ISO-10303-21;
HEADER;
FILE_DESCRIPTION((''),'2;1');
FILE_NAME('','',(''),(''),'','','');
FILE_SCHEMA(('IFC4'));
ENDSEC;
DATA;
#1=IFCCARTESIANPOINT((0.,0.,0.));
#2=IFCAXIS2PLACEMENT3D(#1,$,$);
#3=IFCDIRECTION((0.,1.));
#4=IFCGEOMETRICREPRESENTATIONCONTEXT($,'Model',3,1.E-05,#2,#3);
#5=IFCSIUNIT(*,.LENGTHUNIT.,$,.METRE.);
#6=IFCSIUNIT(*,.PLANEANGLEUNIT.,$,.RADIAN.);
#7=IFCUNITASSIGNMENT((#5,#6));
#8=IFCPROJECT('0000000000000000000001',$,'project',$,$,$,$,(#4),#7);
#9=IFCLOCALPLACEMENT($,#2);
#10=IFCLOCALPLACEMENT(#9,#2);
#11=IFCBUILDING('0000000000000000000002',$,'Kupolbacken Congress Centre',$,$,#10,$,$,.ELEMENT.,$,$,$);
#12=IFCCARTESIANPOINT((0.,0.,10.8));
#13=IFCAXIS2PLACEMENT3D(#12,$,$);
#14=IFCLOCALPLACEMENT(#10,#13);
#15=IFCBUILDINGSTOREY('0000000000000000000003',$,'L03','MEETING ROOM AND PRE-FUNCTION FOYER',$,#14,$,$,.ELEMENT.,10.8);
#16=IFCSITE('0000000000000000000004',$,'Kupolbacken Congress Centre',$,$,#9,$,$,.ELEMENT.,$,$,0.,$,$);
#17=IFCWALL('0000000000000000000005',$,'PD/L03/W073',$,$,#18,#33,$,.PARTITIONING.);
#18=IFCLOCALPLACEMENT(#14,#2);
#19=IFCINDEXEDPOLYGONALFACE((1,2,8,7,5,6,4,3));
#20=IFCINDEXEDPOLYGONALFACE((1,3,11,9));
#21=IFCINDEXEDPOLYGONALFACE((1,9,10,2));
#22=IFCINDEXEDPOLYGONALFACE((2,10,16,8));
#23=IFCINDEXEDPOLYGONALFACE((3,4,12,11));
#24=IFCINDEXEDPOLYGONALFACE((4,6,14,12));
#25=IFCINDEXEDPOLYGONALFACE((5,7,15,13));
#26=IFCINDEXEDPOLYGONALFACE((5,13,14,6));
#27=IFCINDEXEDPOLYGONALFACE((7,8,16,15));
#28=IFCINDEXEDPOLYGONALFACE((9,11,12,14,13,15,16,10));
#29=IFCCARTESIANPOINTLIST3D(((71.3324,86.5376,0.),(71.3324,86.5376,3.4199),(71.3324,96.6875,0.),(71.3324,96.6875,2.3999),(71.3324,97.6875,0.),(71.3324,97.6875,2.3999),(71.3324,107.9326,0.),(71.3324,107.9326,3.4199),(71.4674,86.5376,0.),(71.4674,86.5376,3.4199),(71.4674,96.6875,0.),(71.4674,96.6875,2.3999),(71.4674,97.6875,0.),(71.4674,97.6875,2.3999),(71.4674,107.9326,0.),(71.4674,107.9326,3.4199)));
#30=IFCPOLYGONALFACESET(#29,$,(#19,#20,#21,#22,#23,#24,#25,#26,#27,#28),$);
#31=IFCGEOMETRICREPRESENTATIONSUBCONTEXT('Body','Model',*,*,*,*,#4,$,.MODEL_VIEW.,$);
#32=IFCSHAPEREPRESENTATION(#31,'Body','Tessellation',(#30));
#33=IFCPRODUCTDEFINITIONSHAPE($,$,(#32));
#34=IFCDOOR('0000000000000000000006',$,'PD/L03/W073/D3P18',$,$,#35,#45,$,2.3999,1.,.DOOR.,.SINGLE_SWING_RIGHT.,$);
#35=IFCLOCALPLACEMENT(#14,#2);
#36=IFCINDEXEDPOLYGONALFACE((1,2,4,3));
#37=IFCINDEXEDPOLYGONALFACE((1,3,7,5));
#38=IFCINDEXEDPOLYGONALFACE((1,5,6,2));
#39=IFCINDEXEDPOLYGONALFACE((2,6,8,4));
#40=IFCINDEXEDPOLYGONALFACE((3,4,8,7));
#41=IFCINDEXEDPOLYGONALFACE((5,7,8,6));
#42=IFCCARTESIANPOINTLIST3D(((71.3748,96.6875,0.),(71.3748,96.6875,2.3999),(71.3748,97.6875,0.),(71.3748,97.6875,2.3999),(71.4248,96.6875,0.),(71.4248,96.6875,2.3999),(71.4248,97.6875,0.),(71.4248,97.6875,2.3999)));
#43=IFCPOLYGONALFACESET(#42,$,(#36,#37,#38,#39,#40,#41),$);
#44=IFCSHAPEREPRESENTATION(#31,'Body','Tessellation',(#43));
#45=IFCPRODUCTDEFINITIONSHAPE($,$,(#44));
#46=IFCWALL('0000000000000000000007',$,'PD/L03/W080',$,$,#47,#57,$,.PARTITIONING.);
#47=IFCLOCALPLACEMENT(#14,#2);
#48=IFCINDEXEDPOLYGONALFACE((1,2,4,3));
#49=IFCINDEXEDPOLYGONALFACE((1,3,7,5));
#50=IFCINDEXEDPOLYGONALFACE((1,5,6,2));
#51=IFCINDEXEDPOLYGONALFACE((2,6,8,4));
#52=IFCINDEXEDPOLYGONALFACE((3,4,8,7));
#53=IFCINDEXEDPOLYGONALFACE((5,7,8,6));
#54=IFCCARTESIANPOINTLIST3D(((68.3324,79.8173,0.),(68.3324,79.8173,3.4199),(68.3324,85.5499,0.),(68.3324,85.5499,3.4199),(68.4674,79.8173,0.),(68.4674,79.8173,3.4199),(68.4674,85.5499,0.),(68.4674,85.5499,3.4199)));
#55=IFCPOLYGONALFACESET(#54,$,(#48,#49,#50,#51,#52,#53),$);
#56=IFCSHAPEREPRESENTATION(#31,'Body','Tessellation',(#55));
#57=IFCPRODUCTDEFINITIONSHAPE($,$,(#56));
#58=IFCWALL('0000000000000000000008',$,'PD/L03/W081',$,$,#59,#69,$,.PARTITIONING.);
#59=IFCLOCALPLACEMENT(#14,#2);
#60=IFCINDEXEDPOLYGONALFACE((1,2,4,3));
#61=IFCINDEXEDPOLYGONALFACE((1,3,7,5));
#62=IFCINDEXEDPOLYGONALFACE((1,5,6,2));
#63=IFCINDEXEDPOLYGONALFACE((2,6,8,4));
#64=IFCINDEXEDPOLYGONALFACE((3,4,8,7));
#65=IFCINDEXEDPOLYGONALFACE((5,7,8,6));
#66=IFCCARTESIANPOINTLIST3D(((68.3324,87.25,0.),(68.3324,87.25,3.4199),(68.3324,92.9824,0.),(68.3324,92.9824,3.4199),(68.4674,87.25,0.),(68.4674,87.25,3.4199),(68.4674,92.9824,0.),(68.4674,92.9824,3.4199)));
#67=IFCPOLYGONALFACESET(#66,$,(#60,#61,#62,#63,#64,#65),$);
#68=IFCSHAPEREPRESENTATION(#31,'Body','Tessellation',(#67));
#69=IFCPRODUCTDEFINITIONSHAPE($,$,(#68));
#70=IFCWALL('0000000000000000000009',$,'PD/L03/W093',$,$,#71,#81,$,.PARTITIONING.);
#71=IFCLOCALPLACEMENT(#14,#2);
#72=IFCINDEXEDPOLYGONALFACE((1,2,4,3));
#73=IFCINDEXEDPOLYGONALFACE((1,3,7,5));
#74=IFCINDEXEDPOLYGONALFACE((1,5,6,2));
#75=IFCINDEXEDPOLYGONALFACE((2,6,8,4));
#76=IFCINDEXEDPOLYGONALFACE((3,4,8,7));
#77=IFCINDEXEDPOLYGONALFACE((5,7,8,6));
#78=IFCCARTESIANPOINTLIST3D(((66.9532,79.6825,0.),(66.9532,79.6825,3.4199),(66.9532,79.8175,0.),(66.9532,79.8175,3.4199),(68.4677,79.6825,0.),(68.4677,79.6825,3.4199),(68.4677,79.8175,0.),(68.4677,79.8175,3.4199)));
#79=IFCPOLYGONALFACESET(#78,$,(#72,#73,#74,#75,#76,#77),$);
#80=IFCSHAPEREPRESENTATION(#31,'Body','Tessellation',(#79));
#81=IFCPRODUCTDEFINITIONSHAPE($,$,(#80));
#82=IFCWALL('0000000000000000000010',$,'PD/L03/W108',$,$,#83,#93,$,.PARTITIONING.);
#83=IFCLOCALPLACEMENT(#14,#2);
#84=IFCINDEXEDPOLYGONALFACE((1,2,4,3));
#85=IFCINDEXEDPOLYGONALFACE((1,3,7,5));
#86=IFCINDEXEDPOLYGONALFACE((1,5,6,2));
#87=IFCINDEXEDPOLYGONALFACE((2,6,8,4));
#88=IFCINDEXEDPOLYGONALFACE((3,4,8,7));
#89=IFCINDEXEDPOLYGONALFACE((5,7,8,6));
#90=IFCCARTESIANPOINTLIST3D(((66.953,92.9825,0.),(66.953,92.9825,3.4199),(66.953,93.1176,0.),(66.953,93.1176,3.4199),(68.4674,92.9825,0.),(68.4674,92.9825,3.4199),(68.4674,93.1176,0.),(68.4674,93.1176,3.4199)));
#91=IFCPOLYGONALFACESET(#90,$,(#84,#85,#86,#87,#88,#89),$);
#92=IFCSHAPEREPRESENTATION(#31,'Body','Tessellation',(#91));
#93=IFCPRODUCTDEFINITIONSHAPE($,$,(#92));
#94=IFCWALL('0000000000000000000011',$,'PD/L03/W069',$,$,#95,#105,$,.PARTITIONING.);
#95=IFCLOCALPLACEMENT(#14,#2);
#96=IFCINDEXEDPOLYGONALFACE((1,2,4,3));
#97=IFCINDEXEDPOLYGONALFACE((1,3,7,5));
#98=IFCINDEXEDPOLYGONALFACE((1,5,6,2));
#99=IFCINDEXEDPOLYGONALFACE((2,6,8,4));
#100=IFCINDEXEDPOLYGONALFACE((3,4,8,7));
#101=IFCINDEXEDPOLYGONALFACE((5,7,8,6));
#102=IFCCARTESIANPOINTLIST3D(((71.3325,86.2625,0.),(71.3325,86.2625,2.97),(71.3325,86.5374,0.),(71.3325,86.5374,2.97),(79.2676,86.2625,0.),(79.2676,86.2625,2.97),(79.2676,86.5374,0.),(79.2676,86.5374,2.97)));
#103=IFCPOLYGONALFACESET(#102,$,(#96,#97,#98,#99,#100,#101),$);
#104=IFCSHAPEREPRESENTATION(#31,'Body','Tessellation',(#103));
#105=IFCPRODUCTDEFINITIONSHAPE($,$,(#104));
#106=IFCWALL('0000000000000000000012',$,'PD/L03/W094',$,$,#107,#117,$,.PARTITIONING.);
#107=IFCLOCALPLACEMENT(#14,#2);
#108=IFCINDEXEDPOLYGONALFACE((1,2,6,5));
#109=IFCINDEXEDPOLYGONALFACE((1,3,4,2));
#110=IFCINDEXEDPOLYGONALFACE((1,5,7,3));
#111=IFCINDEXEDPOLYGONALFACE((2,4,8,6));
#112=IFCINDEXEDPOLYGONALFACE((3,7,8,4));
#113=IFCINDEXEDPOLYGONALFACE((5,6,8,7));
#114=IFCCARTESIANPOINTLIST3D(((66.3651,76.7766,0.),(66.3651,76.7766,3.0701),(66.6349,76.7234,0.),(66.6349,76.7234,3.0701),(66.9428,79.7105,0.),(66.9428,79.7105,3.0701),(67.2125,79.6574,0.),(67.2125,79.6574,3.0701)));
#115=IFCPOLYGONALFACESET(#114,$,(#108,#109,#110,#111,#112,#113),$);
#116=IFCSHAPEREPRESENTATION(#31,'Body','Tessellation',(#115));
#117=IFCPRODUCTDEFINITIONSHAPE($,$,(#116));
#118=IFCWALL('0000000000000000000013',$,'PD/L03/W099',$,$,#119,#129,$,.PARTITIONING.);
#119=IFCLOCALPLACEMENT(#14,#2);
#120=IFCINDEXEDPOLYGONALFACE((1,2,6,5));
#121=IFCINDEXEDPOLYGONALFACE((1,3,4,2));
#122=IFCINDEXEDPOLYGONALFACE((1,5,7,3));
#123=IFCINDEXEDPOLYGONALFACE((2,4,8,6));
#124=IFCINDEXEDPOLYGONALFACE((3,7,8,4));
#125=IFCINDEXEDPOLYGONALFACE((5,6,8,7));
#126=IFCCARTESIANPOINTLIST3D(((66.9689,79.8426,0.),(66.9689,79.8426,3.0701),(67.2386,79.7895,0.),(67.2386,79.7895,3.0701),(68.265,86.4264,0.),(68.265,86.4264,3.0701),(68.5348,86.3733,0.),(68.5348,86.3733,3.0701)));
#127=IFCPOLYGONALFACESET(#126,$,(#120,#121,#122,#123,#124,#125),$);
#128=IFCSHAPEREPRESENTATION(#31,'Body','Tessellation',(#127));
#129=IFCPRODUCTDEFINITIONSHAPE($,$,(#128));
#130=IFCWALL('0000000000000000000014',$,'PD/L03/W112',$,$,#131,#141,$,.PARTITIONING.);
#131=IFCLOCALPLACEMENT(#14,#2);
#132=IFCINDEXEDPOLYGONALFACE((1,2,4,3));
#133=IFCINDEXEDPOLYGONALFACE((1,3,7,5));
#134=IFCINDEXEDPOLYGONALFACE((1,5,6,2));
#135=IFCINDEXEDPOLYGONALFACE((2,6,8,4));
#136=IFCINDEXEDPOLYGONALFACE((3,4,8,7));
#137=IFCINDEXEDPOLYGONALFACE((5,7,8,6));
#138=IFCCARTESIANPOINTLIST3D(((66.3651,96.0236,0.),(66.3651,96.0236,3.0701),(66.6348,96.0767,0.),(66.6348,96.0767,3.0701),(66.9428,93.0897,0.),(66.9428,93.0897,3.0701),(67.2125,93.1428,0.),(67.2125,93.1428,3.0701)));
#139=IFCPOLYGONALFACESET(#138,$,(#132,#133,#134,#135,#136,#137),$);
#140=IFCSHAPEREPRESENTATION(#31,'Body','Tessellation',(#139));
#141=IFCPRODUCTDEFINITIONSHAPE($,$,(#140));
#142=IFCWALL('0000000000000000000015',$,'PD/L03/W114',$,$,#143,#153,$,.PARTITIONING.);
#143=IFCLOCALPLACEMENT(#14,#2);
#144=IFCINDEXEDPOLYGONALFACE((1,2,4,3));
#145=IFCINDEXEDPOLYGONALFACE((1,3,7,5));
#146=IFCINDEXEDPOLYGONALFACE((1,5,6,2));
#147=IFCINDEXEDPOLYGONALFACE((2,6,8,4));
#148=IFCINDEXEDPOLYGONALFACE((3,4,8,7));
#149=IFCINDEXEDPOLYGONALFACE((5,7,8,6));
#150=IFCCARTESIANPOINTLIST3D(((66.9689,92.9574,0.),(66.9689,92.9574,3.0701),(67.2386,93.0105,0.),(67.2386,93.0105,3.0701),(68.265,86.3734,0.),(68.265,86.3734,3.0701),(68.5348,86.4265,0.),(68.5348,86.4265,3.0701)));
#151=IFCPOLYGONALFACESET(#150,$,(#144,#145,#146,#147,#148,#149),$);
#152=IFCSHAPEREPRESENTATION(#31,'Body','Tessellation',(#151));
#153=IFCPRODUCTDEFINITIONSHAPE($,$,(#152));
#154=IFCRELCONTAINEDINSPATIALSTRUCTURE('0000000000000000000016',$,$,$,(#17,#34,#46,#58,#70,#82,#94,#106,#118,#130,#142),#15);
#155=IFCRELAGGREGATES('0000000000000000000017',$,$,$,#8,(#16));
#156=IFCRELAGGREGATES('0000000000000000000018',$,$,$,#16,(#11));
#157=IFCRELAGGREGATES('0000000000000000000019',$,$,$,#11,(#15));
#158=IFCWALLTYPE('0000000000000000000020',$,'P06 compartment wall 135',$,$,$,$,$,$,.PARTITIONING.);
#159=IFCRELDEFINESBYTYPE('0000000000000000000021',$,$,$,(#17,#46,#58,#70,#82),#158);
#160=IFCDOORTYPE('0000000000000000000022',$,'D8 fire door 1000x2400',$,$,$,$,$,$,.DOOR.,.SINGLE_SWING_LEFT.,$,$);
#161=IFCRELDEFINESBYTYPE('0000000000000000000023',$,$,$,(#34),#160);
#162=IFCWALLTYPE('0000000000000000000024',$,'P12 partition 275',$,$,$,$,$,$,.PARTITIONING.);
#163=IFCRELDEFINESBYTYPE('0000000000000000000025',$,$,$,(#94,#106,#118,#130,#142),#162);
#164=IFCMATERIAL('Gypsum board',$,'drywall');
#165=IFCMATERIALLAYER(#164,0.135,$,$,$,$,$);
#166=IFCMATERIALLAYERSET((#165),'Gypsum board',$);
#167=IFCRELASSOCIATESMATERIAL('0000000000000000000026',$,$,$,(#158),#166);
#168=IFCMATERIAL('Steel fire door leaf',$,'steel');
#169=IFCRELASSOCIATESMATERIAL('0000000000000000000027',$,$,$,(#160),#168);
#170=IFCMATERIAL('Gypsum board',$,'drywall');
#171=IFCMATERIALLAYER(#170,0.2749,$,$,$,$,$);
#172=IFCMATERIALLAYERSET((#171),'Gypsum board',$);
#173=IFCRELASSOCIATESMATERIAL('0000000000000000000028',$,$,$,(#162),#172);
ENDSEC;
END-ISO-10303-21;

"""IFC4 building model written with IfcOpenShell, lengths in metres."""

from ifc_helpers import new_model, si_unit, direction, frame, frame_2d, origin, place, context, subcontext, project, spatial, rectangle, extrude, material, layer, layer_set, type_object, element, fill, save


model = new_model("IFC4")

# Units and contexts
model_context = context("Model", 3, precision=1e-05, world=origin(), true_north=direction((0.0, 1.0)))
body_context = subcontext(model_context, "Body", "Model", "MODEL_VIEW")
ifc_project = project(units=[si_unit("LENGTHUNIT", "METRE"), si_unit("PLANEANGLEUNIT", "RADIAN")], contexts=[model_context])

# Site, building, storey
site_placement = place(None, origin())
site = spatial("IfcSite", under=ifc_project, at=site_placement, Name="Kupolbacken Congress Centre", CompositionType="ELEMENT", RefElevation=0.0)
building_placement = place(site_placement, origin())
building = spatial("IfcBuilding", under=site, at=building_placement, Name="Kupolbacken Congress Centre", CompositionType="ELEMENT")
storey_placement = place(building_placement, frame((0.0, 0.0, 10.8)))
storey = spatial("IfcBuildingStorey", under=building, at=storey_placement, Name="L03", Description="MEETING ROOM AND PRE-FUNCTION FOYER", CompositionType="ELEMENT", Elevation=10.8)

# Wall, opening, door
ifc_material_1 = material(Name="Gypsum board", Category="drywall")
ifc_layer_1 = layer(ifc_material_1, 0.135)
ifc_layer_set_1 = layer_set([ifc_layer_1], Name="Gypsum board")
wall_type_1 = type_object("IfcWallType", Name="P06 compartment wall 135", PredefinedType="PARTITIONING", material=ifc_layer_set_1)
wall_1_placement = place(storey_placement, frame((71.3999, 86.5376, 0.0), z_axis=(0.0, 0.0, 1.0), x_axis=(0.0, 1.0, 0.0)))
wall_1 = element("IfcWall", 1, at=wall_1_placement, inside=storey, type_object=wall_type_1, Name="PD/L03/W073", PredefinedType="PARTITIONING", context=body_context, shape_type="SweptSolid", body=[
    extrude(rectangle(XDim=21.395, YDim=0.135, at=frame_2d((10.6975, 0.0))), origin(), (0.0, 0.0, 1.0), 3.4199),
])
opening_placement = place(wall_1_placement, frame((10.1499, 0.0, 0.0)))
opening = element("IfcOpeningElement", 2, at=opening_placement, cuts=wall_1, PredefinedType="OPENING", context=body_context, shape_type="SweptSolid", body=[
    extrude(rectangle(XDim=1.0, YDim=2.3999, at=frame_2d((0.5, 1.2))), frame((0.0, 0.0774, 0.0), z_axis=(0.0, -1.0, 0.0), x_axis=(1.0, 0.0, 0.0)), (0.0, 0.0, 1.0), 0.155),
])
ifc_material_2 = material(Name="Steel fire door leaf", Category="steel")
door_type = type_object("IfcDoorType", Name="D8 fire door 1000x2400", OperationType="SINGLE_SWING_LEFT", PredefinedType="DOOR", material=ifc_material_2)
door_placement = place(opening_placement, frame((1.0, 0.0, 0.0), z_axis=(0.0, 0.0, 1.0), x_axis=(-1.0, 0.0, 0.0)))
door = element("IfcDoor", 3, at=door_placement, inside=storey, type_object=door_type, Name="PD/L03/W073/D3P18", OperationType="SINGLE_SWING_RIGHT", OverallHeight=2.3999, OverallWidth=1.0, PredefinedType="DOOR", context=body_context, shape_type="SweptSolid", body=[
    extrude(rectangle(XDim=1.0, YDim=2.3999, at=frame_2d((0.5, 1.2))), frame((0.0, 0.0249, 0.0), z_axis=(0.0, -1.0, 0.0), x_axis=(1.0, 0.0, 0.0)), (0.0, 0.0, 1.0), 0.05),
])
fill(opening, door)

# Walls
wall_2_placement = place(storey_placement, frame((68.3999, 79.8174, 0.0), z_axis=(0.0, 0.0, 1.0), x_axis=(0.0, 1.0, 0.0)))
element("IfcWall", 4, at=wall_2_placement, inside=storey, type_object=wall_type_1, Name="PD/L03/W080", PredefinedType="PARTITIONING", context=body_context, shape_type="SweptSolid", body=[
    extrude(rectangle(XDim=5.7327, YDim=0.135, at=frame_2d((2.8662, 0.0))), origin(), (0.0, 0.0, 1.0), 3.4199),
])
wall_3_placement = place(storey_placement, frame((68.3999, 87.25, 0.0), z_axis=(0.0, 0.0, 1.0), x_axis=(0.0, 1.0, 0.0)))
element("IfcWall", 5, at=wall_3_placement, inside=storey, type_object=wall_type_1, Name="PD/L03/W081", PredefinedType="PARTITIONING", context=body_context, shape_type="SweptSolid", body=[
    extrude(rectangle(XDim=5.7324, YDim=0.135, at=frame_2d((2.8662, 0.0))), origin(), (0.0, 0.0, 1.0), 3.4199),
])
for number, where, z_axis, x_axis, name in (
    (6, (66.9531, 79.75, 0.0), (0.0, 0.0, 1.0), (1.0, 0.0, 0.0), "PD/L03/W093"),
    (7, (68.4675, 93.05, 0.0), (0.0, 0.0, 1.0), (-1.0, 0.0, 0.0), "PD/L03/W108"),
):
    element("IfcWall", number, at=place(storey_placement, frame(where, z_axis=z_axis, x_axis=x_axis)), inside=storey, type_object=wall_type_1, Name=name, PredefinedType="PARTITIONING", context=body_context, shape_type="SweptSolid", body=[
        extrude(rectangle(XDim=1.5144, YDim=0.135, at=frame_2d((0.7573, 0.0))), origin(), (0.0, 0.0, 1.0), 3.4199),
    ])
ifc_material_3 = material(Name="Gypsum board", Category="drywall")
ifc_layer_2 = layer(ifc_material_3, 0.2749)
ifc_layer_set_2 = layer_set([ifc_layer_2], Name="Gypsum board")
wall_type_2 = type_object("IfcWallType", Name="P12 partition 275", PredefinedType="PARTITIONING", material=ifc_layer_set_2)
wall_4_placement = place(storey_placement, frame((71.3325, 86.3999, 0.0), z_axis=(0.0, 0.0, 1.0), x_axis=(1.0, 0.0, 0.0)))
element("IfcWall", 8, at=wall_4_placement, inside=storey, type_object=wall_type_2, Name="PD/L03/W069", PredefinedType="PARTITIONING", context=body_context, shape_type="SweptSolid", body=[
    extrude(rectangle(XDim=7.9351, YDim=0.2749, at=frame_2d((3.9675, 0.0))), origin(), (0.0, 0.0, 1.0), 2.97),
])
wall_5_placement = place(storey_placement, frame((66.5, 76.75, 0.0), z_axis=(0.0, 0.0, 1.0), x_axis=(0.193179, 0.981164, 0.0)))
element("IfcWall", 9, at=wall_5_placement, inside=storey, type_object=wall_type_2, Name="PD/L03/W094", PredefinedType="PARTITIONING", context=body_context, shape_type="SweptSolid", body=[
    extrude(rectangle(XDim=2.9902, YDim=0.2749, at=frame_2d((1.4951, 0.0))), origin(), (0.0, 0.0, 1.0), 3.0701),
])
wall_6_placement = place(storey_placement, frame((67.1038, 79.8162, 0.0), z_axis=(0.0, 0.0, 1.0), x_axis=(0.193163, 0.981167, 0.0)))
element("IfcWall", 10, at=wall_6_placement, inside=storey, type_object=wall_type_2, Name="PD/L03/W099", PredefinedType="PARTITIONING", context=body_context, shape_type="SweptSolid", body=[
    extrude(rectangle(XDim=6.7102, YDim=0.2749, at=frame_2d((3.355, 0.0))), origin(), (0.0, 0.0, 1.0), 3.0701),
])
wall_7_placement = place(storey_placement, frame((67.0776, 93.1162, 0.0), z_axis=(0.0, 0.0, 1.0), x_axis=(-0.193179, 0.981164, 0.0)))
element("IfcWall", 11, at=wall_7_placement, inside=storey, type_object=wall_type_2, Name="PD/L03/W112", PredefinedType="PARTITIONING", context=body_context, shape_type="SweptSolid", body=[
    extrude(rectangle(XDim=2.9902, YDim=0.2749, at=frame_2d((1.4951, 0.0))), origin(), (0.0, 0.0, 1.0), 3.0701),
])
wall_8_placement = place(storey_placement, frame((68.3999, 86.3999, 0.0), z_axis=(0.0, 0.0, 1.0), x_axis=(-0.193156, 0.981168, 0.0)))
element("IfcWall", 12, at=wall_8_placement, inside=storey, type_object=wall_type_2, Name="PD/L03/W114", PredefinedType="PARTITIONING", context=body_context, shape_type="SweptSolid", body=[
    extrude(rectangle(XDim=6.7104, YDim=0.2749, at=frame_2d((3.3552, 0.0))), origin(), (0.0, 0.0, 1.0), 3.0701),
])

save(model, "model.ifc")
